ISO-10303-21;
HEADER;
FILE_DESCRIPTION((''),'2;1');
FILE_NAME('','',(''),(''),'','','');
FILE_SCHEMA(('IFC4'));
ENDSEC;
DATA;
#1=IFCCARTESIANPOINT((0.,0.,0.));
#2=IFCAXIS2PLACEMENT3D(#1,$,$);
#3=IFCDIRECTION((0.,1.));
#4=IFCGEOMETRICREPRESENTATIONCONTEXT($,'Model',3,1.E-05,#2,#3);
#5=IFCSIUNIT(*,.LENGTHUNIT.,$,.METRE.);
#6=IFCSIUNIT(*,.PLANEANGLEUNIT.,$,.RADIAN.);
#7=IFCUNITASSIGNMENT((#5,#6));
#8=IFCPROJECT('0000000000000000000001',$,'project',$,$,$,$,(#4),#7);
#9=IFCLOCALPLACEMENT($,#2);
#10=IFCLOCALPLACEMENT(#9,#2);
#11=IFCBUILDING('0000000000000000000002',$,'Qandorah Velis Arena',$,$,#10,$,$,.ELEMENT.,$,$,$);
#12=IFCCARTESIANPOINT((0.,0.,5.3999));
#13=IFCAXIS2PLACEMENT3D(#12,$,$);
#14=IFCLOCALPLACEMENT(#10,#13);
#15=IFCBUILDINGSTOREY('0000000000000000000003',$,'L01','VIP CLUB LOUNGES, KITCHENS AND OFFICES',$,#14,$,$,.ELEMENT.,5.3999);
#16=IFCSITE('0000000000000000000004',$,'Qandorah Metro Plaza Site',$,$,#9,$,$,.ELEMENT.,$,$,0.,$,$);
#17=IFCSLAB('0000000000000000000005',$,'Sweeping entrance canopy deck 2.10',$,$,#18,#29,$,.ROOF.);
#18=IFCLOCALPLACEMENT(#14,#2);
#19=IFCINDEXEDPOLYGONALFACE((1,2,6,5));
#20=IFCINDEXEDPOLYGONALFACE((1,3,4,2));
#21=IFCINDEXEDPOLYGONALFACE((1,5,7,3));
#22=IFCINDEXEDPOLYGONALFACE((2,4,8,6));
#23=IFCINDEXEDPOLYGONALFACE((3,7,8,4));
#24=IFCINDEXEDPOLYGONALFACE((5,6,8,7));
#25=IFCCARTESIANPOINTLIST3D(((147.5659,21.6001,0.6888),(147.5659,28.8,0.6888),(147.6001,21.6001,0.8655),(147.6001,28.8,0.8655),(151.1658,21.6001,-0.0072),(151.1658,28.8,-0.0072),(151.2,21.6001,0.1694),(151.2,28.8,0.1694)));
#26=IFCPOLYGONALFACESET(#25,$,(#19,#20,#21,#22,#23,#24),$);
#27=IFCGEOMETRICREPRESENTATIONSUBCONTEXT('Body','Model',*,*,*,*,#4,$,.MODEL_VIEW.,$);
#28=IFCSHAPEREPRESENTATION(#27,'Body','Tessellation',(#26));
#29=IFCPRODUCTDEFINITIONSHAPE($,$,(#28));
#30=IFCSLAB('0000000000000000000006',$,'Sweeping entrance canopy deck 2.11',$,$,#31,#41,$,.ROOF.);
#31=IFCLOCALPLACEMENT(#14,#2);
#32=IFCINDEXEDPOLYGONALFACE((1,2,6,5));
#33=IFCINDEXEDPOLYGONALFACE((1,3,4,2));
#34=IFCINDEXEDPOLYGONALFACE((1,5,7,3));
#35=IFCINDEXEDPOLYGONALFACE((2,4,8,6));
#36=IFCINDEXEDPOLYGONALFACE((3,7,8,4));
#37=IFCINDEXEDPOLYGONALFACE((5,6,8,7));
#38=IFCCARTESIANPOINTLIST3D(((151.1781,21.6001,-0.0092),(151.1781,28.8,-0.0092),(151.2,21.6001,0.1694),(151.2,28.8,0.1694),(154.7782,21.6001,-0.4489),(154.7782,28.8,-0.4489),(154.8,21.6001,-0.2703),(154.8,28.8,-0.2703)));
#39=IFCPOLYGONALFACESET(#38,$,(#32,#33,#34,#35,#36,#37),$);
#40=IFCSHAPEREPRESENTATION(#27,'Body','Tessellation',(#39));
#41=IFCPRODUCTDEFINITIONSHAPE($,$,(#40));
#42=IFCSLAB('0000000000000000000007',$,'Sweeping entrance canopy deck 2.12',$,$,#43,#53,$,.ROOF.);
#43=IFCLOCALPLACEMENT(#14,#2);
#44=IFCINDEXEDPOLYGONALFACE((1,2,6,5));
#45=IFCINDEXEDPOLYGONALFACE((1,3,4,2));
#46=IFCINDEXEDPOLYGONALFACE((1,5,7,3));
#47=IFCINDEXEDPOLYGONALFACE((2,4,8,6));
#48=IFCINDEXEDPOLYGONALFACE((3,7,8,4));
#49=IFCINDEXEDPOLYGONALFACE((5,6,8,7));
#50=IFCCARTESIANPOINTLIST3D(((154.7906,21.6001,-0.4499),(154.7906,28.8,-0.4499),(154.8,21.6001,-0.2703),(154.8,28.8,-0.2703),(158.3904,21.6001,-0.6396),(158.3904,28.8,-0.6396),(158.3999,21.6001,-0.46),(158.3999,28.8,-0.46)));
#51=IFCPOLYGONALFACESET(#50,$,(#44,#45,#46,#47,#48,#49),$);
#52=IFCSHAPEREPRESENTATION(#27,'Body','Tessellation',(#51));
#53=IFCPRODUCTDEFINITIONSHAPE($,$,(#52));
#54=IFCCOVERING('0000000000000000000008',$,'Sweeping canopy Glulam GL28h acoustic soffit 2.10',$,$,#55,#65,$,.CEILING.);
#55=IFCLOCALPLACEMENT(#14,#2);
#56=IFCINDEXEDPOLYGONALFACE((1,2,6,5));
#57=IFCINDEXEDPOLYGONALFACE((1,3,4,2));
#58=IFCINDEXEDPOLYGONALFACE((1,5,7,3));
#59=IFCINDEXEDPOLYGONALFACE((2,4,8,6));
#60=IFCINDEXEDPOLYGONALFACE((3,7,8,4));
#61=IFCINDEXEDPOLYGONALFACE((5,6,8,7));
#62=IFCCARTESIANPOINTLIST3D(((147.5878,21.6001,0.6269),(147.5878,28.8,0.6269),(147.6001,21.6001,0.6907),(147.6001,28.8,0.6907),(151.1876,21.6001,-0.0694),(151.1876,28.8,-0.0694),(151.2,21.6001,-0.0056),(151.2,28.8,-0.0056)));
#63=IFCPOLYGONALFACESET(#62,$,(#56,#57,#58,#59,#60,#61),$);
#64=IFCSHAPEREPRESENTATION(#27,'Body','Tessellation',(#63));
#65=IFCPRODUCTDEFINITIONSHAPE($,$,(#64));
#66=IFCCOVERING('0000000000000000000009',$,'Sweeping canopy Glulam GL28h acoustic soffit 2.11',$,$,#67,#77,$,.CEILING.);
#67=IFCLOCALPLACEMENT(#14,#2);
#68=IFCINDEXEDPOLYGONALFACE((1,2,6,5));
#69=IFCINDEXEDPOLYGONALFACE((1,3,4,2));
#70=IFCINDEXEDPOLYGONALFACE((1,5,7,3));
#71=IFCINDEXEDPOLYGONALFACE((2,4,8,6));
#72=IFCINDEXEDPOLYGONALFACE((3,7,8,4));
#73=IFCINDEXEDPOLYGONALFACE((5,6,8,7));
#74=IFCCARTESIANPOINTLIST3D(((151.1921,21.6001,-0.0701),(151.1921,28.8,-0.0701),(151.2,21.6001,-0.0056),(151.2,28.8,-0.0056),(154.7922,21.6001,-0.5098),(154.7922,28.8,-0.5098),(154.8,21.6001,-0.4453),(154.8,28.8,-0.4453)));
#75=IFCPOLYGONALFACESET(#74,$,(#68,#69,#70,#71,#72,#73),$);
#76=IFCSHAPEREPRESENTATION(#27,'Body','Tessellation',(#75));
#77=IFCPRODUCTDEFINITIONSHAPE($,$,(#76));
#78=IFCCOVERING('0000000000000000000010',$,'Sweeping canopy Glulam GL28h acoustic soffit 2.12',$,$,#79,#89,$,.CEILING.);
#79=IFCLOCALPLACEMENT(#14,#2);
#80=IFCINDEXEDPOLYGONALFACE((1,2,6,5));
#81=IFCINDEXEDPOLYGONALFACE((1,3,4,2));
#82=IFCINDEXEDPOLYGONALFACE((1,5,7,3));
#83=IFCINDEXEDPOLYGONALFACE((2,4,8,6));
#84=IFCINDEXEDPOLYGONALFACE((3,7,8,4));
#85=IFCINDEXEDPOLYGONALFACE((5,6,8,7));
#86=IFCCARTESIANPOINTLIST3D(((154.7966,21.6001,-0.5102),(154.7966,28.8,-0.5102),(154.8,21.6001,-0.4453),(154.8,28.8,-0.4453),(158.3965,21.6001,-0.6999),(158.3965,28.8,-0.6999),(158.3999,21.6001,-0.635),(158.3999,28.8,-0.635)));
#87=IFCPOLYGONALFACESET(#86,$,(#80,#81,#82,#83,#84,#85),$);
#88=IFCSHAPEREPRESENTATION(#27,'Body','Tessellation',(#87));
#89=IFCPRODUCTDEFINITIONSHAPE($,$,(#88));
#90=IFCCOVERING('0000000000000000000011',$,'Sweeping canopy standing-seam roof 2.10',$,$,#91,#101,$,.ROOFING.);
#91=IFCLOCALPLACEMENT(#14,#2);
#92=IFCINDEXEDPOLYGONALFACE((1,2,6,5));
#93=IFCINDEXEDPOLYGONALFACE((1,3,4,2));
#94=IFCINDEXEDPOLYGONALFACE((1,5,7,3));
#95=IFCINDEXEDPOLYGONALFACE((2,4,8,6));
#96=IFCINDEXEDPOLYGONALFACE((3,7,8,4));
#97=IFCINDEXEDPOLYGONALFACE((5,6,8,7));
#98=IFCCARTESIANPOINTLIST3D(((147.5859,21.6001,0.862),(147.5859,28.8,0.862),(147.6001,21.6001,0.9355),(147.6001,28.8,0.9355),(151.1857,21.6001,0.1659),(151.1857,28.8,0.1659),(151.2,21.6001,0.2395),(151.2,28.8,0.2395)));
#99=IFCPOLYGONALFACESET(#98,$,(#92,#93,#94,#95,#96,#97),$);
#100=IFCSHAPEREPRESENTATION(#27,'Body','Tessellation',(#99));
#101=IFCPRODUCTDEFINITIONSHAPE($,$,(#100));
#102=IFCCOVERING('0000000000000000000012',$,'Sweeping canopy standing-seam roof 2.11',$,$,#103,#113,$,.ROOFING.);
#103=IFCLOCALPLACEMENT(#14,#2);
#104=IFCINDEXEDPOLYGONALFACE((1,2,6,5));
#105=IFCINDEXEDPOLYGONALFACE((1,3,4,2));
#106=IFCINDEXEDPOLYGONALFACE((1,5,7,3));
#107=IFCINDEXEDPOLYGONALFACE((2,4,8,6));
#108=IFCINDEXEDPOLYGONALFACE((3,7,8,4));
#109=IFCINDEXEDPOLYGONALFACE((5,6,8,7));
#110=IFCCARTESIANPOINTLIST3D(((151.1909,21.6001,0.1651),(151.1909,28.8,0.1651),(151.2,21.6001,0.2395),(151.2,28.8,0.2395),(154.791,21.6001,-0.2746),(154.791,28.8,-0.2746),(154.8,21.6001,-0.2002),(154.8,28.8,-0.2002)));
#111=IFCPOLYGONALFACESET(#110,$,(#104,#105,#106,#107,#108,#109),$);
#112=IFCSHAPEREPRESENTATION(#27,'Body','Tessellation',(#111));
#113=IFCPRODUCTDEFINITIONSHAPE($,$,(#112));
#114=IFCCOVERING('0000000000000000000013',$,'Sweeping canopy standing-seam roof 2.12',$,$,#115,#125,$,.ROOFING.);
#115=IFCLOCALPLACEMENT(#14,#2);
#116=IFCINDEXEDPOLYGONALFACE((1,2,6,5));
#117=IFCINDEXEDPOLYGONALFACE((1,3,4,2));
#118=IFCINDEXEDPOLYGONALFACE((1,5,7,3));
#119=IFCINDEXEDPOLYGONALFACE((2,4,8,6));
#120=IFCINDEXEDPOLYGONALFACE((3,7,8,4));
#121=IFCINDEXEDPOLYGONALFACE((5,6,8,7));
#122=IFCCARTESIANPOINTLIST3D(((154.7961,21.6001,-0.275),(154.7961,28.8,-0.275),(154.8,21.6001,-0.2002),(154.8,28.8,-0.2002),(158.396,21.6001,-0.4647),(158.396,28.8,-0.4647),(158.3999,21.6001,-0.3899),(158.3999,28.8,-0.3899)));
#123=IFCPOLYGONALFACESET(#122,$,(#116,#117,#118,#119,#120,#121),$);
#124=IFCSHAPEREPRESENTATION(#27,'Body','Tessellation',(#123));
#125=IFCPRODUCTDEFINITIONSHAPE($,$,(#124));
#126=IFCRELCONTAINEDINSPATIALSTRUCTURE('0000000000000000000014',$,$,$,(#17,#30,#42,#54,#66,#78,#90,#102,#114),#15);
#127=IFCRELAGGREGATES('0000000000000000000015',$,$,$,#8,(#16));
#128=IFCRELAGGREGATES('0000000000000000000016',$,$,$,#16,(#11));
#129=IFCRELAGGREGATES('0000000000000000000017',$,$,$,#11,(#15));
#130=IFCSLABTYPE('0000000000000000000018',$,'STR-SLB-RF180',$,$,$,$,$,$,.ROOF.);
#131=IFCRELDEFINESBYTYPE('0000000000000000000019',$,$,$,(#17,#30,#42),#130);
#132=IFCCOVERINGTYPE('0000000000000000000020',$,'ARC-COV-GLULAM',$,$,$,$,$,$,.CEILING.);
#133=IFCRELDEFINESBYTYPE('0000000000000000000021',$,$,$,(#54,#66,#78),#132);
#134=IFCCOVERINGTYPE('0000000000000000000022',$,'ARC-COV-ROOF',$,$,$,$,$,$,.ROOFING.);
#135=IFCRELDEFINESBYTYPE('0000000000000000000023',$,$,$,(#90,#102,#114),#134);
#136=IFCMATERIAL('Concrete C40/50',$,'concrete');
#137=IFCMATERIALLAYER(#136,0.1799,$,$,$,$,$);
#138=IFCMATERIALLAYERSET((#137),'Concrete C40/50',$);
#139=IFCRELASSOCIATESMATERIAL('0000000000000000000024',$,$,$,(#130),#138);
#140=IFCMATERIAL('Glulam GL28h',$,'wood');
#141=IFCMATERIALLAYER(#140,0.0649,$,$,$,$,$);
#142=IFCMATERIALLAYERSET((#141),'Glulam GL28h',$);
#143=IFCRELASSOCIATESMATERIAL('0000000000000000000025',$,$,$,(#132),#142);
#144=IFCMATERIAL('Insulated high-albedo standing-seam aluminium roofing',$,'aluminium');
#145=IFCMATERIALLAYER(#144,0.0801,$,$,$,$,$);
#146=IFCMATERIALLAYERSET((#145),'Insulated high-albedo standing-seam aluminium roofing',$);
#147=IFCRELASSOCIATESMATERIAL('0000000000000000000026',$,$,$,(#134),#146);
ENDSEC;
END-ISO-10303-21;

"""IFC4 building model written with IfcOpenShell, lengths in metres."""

from ifc_helpers import new_model, si_unit, direction, frame, origin, place, context, subcontext, project, spatial, polyline, outline, extrude, material, layer, layer_set, type_object, element, save


model = new_model("IFC4")

# Units and contexts
model_context = context("Model", 3, precision=1e-05, world=origin(), true_north=direction((0.0, 1.0)))
body_context = subcontext(model_context, "Body", "Model", "MODEL_VIEW")
ifc_project = project(units=[si_unit("LENGTHUNIT", "METRE"), si_unit("PLANEANGLEUNIT", "RADIAN")], contexts=[model_context])

# Site, building, storey
site_placement = place(None, origin())
site = spatial("IfcSite", under=ifc_project, at=site_placement, Name="Qandorah Metro Plaza Site", CompositionType="ELEMENT", RefElevation=0.0)
building_placement = place(site_placement, origin())
building = spatial("IfcBuilding", under=site, at=building_placement, Name="Qandorah Velis Arena", CompositionType="ELEMENT")
storey_placement = place(building_placement, frame((0.0, 0.0, 5.3999)))
storey = spatial("IfcBuildingStorey", under=building, at=storey_placement, Name="L01", Description="VIP CLUB LOUNGES, KITCHENS AND OFFICES", CompositionType="ELEMENT", Elevation=5.3999)

# Slabs
ifc_material_1 = material(Name="Concrete C40/50", Category="concrete")
ifc_layer_1 = layer(ifc_material_1, 0.1799)
ifc_layer_set_1 = layer_set([ifc_layer_1], Name="Concrete C40/50")
slab_type = type_object("IfcSlabType", Name="STR-SLB-RF180", PredefinedType="ROOF", material=ifc_layer_set_1)
slab_1_placement = place(storey_placement, frame((147.6001, 21.6001, 0.8655), z_axis=(0.189838, 0.0, 0.981815), x_axis=(0.981815, 0.0, -0.189838)))
element("IfcSlab", 1, at=slab_1_placement, inside=storey, type_object=slab_type, Name="Sweeping entrance canopy deck 2.10", PredefinedType="ROOF", context=body_context, shape_type="SweptSolid", body=[
    extrude(outline(polyline([(0.0, 0.0), (3.6665, 0.0), (3.6665, 7.2), (0.0, 7.2), (0.0, 0.0)])), origin(), (0.0, 0.0, -1.0), 0.1799),
])
slab_2_placement = place(storey_placement, frame((151.2, 21.6001, 0.1694), z_axis=(0.121234, 0.0, 0.992624), x_axis=(0.992624, 0.0, -0.121234)))
element("IfcSlab", 2, at=slab_2_placement, inside=storey, type_object=slab_type, Name="Sweeping entrance canopy deck 2.11", PredefinedType="ROOF", context=body_context, shape_type="SweptSolid", body=[
    extrude(outline(polyline([(0.0, 0.0), (3.6268, 0.0), (3.6268, 7.2), (0.0, 7.2), (0.0, 0.0)])), origin(), (0.0, 0.0, -1.0), 0.1799),
])
slab_3_placement = place(storey_placement, frame((154.8, 21.6001, -0.2703), z_axis=(0.052623, 0.0, 0.998614), x_axis=(0.998614, 0.0, -0.052623)))
element("IfcSlab", 3, at=slab_3_placement, inside=storey, type_object=slab_type, Name="Sweeping entrance canopy deck 2.12", PredefinedType="ROOF", context=body_context, shape_type="SweptSolid", body=[
    extrude(outline(polyline([(0.0, 0.0), (3.6048, 0.0), (3.6048, 7.2), (0.0, 7.2), (0.0, 0.0)])), origin(), (0.0, 0.0, -1.0), 0.1799),
])

# Coverings
ifc_material_2 = material(Name="Glulam GL28h", Category="wood")
ifc_layer_2 = layer(ifc_material_2, 0.0649)
ifc_layer_set_2 = layer_set([ifc_layer_2], Name="Glulam GL28h")
covering_type_1 = type_object("IfcCoveringType", Name="ARC-COV-GLULAM", PredefinedType="CEILING", material=ifc_layer_set_2)
covering_1_placement = place(storey_placement, frame((147.6001, 21.6001, 0.6907), z_axis=(0.189902, 0.0, 0.981803), x_axis=(0.981803, 0.0, -0.189902)))
element("IfcCovering", 4, at=covering_1_placement, inside=storey, type_object=covering_type_1, Name="Sweeping canopy Glulam GL28h acoustic soffit 2.10", PredefinedType="CEILING", context=body_context, shape_type="SweptSolid", body=[
    extrude(outline(polyline([(0.0, 0.0), (3.6666, 0.0), (3.6666, 7.2), (0.0, 7.2), (0.0, 0.0)])), origin(), (0.0, 0.0, -1.0), 0.0649),
])
covering_2_placement = place(storey_placement, frame((151.2, 21.6001, -0.0056), z_axis=(0.121234, 0.0, 0.992624), x_axis=(0.992624, 0.0, -0.121234)))
element("IfcCovering", 5, at=covering_2_placement, inside=storey, type_object=covering_type_1, Name="Sweeping canopy Glulam GL28h acoustic soffit 2.11", PredefinedType="CEILING", context=body_context, shape_type="SweptSolid", body=[
    extrude(outline(polyline([(0.0, 0.0), (3.6268, 0.0), (3.6268, 7.2), (0.0, 7.2), (0.0, 0.0)])), origin(), (0.0, 0.0, -1.0), 0.0649),
])
covering_3_placement = place(storey_placement, frame((154.8, 21.6001, -0.4453), z_axis=(0.052623, 0.0, 0.998614), x_axis=(0.998614, 0.0, -0.052623)))
element("IfcCovering", 6, at=covering_3_placement, inside=storey, type_object=covering_type_1, Name="Sweeping canopy Glulam GL28h acoustic soffit 2.12", PredefinedType="CEILING", context=body_context, shape_type="SweptSolid", body=[
    extrude(outline(polyline([(0.0, 0.0), (3.6048, 0.0), (3.6048, 7.2), (0.0, 7.2), (0.0, 0.0)])), origin(), (0.0, 0.0, -1.0), 0.0649),
])
ifc_material_3 = material(Name="Insulated high-albedo standing-seam aluminium roofing", Category="aluminium")
ifc_layer_3 = layer(ifc_material_3, 0.0801)
ifc_layer_set_3 = layer_set([ifc_layer_3], Name="Insulated high-albedo standing-seam aluminium roofing")
covering_type_2 = type_object("IfcCoveringType", Name="ARC-COV-ROOF", PredefinedType="ROOFING", material=ifc_layer_set_3)
covering_4_placement = place(storey_placement, frame((147.6001, 21.6001, 0.9355), z_axis=(0.189838, 0.0, 0.981815), x_axis=(0.981815, 0.0, -0.189838)))
element("IfcCovering", 7, at=covering_4_placement, inside=storey, type_object=covering_type_2, Name="Sweeping canopy standing-seam roof 2.10", PredefinedType="ROOFING", context=body_context, shape_type="SweptSolid", body=[
    extrude(outline(polyline([(0.0, 0.0), (3.6665, 0.0), (3.6665, 7.2), (0.0, 7.2), (0.0, 0.0)])), origin(), (0.0, 0.0, -1.0), 0.075),
])
covering_5_placement = place(storey_placement, frame((151.2, 21.6001, 0.2395), z_axis=(0.121234, 0.0, 0.992624), x_axis=(0.992624, 0.0, -0.121234)))
element("IfcCovering", 8, at=covering_5_placement, inside=storey, type_object=covering_type_2, Name="Sweeping canopy standing-seam roof 2.11", PredefinedType="ROOFING", context=body_context, shape_type="SweptSolid", body=[
    extrude(outline(polyline([(0.0, 0.0), (3.6268, 0.0), (3.6268, 7.2), (0.0, 7.2), (0.0, 0.0)])), origin(), (0.0, 0.0, -1.0), 0.075),
])
covering_6_placement = place(storey_placement, frame((154.8, 21.6001, -0.2002), z_axis=(0.052623, 0.0, 0.998614), x_axis=(0.998614, 0.0, -0.052623)))
element("IfcCovering", 9, at=covering_6_placement, inside=storey, type_object=covering_type_2, Name="Sweeping canopy standing-seam roof 2.12", PredefinedType="ROOFING", context=body_context, shape_type="SweptSolid", body=[
    extrude(outline(polyline([(0.0, 0.0), (3.6048, 0.0), (3.6048, 7.2), (0.0, 7.2), (0.0, 0.0)])), origin(), (0.0, 0.0, -1.0), 0.075),
])

save(model, "model.ifc")
